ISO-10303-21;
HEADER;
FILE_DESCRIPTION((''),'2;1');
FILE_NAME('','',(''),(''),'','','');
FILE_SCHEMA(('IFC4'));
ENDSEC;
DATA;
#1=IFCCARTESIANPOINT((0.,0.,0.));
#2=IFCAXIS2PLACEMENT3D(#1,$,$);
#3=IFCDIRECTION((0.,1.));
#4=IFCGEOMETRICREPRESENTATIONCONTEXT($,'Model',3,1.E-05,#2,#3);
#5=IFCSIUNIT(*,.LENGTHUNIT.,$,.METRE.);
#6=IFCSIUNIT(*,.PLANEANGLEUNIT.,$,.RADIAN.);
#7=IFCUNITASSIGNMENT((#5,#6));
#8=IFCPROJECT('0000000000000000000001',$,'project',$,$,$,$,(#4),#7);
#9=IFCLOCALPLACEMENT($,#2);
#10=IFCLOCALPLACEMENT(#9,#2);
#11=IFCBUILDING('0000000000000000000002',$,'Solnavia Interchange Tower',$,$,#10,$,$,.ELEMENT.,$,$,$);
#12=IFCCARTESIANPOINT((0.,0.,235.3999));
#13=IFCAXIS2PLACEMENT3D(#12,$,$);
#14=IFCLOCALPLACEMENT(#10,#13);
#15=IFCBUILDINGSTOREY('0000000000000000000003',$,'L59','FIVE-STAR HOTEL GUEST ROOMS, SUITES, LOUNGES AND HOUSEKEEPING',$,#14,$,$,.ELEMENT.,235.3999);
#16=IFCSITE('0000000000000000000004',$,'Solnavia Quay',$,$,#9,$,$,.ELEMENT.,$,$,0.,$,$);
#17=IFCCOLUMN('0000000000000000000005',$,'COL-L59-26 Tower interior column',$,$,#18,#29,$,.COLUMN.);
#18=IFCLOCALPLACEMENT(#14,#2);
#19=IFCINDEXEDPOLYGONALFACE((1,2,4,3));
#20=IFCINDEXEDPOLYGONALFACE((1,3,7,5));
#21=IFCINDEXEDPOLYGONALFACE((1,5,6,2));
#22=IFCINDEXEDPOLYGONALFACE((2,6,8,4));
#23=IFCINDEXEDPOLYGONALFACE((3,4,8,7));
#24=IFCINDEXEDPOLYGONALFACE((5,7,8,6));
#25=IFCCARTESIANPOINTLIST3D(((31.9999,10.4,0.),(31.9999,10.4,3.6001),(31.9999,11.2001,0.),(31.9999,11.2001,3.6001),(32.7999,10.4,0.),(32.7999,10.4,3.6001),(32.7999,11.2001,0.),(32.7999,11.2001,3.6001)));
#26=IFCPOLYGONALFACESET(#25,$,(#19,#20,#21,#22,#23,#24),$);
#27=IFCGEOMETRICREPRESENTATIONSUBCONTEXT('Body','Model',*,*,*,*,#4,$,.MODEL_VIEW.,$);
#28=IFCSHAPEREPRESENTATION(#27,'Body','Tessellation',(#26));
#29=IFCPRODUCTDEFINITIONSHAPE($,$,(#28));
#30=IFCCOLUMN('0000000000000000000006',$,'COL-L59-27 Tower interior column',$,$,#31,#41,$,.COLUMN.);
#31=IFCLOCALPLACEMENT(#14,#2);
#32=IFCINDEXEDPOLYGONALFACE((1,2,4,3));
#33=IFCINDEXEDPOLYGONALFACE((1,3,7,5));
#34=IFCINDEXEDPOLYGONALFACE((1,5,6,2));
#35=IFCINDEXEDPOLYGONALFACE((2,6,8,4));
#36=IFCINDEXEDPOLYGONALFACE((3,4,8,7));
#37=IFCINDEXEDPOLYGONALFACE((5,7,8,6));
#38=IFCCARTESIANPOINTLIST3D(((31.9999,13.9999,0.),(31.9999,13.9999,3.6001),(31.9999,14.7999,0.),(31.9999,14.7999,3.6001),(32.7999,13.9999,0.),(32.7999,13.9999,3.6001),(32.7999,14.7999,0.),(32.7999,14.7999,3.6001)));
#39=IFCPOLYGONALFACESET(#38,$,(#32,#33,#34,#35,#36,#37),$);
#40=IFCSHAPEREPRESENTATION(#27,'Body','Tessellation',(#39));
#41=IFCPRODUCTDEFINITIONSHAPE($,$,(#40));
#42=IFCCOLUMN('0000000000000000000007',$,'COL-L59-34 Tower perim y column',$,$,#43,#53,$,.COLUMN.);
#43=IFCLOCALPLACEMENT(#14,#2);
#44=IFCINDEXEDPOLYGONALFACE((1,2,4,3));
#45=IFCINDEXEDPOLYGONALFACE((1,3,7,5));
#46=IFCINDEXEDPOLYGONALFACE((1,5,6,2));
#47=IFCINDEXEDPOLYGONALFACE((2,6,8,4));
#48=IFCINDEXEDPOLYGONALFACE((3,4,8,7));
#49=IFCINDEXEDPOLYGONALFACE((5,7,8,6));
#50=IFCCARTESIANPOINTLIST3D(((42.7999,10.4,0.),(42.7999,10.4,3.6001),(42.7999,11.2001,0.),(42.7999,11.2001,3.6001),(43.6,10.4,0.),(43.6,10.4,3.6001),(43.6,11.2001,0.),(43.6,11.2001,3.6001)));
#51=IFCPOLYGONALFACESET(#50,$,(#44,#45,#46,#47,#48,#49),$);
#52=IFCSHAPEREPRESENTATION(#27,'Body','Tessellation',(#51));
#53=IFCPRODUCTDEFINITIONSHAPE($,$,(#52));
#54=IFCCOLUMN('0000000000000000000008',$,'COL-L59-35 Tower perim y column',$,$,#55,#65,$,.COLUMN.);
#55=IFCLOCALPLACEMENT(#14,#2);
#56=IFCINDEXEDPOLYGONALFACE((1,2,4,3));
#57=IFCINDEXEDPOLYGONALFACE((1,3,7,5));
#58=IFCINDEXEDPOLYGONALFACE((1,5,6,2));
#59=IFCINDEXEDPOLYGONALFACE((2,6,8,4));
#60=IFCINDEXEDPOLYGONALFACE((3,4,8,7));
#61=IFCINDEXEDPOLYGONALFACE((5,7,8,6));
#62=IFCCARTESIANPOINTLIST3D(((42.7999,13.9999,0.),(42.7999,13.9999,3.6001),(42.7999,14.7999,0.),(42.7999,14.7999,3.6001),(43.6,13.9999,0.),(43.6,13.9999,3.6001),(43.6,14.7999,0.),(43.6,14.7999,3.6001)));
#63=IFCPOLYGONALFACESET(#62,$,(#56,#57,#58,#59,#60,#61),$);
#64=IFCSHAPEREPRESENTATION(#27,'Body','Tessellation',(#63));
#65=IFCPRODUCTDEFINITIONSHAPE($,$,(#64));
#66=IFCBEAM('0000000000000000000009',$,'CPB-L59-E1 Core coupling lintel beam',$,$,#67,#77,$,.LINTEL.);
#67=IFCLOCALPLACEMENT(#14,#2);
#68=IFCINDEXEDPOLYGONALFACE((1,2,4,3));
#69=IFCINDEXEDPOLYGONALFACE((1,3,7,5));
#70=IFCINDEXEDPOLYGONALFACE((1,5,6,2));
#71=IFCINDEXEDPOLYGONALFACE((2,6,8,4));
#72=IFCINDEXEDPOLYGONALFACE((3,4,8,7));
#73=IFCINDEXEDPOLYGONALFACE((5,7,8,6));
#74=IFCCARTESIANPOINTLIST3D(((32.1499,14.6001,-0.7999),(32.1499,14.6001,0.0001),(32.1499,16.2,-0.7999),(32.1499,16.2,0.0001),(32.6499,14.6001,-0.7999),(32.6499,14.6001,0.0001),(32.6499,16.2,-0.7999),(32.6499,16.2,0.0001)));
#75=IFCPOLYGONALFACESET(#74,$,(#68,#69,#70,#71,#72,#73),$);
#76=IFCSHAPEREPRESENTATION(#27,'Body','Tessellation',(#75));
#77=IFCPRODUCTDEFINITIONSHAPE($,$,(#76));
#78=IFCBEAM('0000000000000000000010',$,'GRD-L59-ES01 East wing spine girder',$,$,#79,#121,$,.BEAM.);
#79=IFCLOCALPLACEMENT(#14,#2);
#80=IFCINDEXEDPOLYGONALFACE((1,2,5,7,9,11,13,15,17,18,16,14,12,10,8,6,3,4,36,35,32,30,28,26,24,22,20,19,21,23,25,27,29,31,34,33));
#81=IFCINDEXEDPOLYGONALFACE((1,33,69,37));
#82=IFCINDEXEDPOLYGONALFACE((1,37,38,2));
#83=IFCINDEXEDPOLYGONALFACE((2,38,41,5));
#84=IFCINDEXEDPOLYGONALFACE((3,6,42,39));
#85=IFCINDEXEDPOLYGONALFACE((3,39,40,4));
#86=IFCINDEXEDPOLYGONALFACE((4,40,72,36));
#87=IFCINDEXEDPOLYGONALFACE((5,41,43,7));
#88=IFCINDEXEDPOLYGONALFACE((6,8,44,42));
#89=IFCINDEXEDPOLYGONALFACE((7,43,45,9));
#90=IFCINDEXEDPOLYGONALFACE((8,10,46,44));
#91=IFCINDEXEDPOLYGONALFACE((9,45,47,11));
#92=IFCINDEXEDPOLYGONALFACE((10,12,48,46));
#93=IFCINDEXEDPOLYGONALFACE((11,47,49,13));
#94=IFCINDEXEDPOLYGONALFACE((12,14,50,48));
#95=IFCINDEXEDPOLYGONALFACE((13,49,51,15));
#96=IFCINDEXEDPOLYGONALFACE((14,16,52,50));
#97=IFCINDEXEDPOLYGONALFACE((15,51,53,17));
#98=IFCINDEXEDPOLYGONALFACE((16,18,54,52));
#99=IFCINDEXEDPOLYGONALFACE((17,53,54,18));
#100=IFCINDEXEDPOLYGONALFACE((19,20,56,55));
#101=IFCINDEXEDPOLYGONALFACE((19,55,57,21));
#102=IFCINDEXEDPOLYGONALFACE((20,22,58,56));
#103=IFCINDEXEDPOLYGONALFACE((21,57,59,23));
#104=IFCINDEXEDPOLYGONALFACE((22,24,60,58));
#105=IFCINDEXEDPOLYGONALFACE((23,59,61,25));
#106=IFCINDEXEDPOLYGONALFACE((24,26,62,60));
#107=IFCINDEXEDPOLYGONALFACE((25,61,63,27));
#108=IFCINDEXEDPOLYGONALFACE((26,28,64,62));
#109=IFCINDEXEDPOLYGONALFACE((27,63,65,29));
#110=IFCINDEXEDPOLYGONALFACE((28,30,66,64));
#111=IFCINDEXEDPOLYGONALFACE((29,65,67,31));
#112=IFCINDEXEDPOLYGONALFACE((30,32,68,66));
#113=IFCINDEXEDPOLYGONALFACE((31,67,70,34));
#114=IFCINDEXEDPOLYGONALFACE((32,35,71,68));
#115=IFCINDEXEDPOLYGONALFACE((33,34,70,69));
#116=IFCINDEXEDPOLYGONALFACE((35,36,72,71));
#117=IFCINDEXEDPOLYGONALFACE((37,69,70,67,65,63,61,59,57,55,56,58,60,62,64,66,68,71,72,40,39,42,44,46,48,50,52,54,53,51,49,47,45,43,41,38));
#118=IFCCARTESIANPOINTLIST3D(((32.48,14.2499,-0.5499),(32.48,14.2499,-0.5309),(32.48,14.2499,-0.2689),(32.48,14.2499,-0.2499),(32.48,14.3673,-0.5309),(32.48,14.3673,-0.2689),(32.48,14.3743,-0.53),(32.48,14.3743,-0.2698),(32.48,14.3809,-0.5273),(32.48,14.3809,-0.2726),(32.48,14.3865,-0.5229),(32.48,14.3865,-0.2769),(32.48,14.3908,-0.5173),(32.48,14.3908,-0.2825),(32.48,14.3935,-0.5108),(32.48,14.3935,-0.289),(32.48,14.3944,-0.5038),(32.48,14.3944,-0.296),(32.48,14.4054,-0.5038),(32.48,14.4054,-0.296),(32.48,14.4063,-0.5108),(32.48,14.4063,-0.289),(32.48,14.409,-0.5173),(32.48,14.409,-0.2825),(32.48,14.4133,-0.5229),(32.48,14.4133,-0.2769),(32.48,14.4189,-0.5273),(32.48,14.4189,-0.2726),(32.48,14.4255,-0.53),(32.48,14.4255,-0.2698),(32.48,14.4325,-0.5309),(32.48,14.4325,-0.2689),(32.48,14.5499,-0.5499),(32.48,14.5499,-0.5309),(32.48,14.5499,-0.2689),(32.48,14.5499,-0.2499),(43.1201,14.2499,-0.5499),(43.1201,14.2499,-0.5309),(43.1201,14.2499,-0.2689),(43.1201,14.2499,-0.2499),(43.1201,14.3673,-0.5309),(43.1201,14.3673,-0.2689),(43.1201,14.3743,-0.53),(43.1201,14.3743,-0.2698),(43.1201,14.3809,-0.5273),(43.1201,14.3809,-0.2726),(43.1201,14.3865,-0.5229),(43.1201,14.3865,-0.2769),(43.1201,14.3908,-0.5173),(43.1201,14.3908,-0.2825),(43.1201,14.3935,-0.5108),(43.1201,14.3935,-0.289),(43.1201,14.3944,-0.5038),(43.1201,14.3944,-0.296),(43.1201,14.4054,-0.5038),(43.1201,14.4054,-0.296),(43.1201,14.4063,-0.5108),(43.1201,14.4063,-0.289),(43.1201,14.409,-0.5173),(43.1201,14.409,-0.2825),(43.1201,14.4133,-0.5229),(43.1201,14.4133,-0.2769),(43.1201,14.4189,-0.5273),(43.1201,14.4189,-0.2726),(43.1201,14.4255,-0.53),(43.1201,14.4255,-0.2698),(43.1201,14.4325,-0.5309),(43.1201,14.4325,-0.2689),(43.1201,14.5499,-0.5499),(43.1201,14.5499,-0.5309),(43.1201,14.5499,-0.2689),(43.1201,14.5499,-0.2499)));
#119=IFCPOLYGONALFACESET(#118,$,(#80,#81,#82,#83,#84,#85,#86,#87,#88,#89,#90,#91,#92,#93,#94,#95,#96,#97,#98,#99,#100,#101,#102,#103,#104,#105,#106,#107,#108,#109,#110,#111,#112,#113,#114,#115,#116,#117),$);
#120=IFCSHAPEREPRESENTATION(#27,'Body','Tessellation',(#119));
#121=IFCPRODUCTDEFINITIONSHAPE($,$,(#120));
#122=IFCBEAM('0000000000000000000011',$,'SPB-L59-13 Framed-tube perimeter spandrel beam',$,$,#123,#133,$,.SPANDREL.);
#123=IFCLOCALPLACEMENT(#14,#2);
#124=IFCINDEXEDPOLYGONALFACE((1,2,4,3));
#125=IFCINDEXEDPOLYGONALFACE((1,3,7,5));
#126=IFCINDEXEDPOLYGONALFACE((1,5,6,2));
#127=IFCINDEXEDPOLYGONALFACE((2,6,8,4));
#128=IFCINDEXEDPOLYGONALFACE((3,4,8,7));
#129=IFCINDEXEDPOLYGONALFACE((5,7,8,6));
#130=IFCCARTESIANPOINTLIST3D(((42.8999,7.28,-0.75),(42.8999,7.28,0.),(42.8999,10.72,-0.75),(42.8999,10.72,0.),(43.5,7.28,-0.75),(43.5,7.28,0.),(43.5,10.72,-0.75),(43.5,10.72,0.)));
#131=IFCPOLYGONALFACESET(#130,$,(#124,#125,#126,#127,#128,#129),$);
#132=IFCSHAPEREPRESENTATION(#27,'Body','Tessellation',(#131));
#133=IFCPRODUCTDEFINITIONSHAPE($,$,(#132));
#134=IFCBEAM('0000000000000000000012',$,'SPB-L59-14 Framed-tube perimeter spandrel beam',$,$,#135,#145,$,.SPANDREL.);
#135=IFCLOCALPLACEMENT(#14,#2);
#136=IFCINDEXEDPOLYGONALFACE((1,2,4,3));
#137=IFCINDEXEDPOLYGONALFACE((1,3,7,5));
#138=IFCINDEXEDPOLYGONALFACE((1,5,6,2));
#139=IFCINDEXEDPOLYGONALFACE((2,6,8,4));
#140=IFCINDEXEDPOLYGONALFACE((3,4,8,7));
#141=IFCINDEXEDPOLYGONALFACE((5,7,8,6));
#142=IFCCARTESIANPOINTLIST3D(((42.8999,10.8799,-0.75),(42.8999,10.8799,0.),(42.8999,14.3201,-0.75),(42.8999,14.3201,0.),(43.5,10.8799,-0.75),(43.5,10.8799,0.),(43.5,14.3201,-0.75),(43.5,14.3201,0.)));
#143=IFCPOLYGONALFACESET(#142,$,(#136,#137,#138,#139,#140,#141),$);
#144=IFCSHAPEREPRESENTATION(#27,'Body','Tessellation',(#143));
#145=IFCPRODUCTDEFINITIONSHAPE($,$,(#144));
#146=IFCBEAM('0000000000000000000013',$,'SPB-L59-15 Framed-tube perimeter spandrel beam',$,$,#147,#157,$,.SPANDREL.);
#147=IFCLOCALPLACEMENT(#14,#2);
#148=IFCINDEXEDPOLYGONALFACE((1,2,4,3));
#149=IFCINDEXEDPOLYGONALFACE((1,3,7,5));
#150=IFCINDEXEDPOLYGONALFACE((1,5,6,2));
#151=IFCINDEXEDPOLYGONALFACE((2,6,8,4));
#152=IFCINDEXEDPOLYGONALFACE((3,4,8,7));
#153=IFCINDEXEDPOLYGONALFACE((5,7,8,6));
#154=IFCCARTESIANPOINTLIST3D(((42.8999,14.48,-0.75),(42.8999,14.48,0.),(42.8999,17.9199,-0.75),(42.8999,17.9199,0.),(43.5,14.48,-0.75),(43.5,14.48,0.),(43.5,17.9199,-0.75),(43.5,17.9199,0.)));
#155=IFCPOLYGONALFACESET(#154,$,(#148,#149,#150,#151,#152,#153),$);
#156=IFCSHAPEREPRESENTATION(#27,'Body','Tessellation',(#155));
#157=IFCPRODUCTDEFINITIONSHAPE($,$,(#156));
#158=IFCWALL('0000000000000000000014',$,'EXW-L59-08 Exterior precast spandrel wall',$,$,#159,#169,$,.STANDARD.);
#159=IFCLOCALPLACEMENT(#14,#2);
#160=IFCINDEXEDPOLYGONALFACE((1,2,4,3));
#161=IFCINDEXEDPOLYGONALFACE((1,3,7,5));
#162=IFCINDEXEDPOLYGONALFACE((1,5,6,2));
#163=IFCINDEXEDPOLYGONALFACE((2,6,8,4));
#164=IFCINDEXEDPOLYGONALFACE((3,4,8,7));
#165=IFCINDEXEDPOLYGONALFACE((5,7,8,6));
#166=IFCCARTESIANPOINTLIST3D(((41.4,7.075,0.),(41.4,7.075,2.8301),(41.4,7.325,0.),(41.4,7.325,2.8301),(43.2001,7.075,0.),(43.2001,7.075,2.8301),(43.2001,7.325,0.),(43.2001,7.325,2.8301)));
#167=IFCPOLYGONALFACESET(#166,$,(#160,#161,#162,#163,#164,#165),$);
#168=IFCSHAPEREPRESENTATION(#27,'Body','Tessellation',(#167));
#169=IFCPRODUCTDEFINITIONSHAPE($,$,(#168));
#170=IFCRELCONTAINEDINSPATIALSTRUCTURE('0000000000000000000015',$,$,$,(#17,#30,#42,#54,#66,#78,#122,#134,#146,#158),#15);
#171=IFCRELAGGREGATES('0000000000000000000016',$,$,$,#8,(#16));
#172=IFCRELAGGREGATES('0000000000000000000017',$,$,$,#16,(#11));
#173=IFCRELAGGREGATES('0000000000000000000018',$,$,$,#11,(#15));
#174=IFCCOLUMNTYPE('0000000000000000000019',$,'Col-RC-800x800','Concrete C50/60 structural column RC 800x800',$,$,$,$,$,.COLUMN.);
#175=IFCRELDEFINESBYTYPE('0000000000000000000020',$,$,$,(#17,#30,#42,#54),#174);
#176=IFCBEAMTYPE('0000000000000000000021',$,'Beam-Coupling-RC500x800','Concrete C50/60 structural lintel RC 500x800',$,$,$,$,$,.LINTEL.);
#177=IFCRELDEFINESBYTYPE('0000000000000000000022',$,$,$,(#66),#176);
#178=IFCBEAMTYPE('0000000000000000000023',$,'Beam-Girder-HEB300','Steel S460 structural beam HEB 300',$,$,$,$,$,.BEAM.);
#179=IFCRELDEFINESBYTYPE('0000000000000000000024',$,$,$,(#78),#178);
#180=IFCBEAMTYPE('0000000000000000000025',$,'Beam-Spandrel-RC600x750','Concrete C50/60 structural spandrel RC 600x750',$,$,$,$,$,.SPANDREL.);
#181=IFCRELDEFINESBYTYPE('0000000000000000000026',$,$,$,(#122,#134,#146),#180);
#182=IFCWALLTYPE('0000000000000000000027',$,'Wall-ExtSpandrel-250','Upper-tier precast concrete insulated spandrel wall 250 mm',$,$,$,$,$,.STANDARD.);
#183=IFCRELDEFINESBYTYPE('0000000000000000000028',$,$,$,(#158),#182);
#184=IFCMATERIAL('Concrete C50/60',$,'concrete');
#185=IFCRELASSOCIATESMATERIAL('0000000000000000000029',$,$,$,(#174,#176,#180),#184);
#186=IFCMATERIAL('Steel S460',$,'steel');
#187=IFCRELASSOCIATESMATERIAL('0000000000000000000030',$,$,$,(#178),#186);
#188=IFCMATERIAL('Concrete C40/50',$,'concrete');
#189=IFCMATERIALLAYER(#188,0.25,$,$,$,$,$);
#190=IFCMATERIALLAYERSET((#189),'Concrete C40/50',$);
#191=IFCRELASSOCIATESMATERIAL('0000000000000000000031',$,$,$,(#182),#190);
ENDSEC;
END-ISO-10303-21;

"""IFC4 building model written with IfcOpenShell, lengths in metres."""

from ifc_helpers import new_model, si_unit, direction, frame, frame_2d, origin, origin_2d, place, context, subcontext, project, spatial, rectangle, i_section, extrude, material, layer, layer_set, material_profile, profile_set, type_object, element, save


model = new_model("IFC4")

# Units and contexts
model_context = context("Model", 3, precision=1e-05, world=origin(), true_north=direction((0.0, 1.0)))
body_context = subcontext(model_context, "Body", "Model", "MODEL_VIEW")
ifc_project = project(units=[si_unit("LENGTHUNIT", "METRE"), si_unit("PLANEANGLEUNIT", "RADIAN")], contexts=[model_context])

# Site, building, storey
site_placement = place(None, origin())
site = spatial("IfcSite", under=ifc_project, at=site_placement, Name="Solnavia Quay", CompositionType="ELEMENT", RefElevation=0.0)
building_placement = place(site_placement, origin())
building = spatial("IfcBuilding", under=site, at=building_placement, Name="Solnavia Interchange Tower", CompositionType="ELEMENT")
storey_placement = place(building_placement, frame((0.0, 0.0, 235.3999)))
storey = spatial("IfcBuildingStorey", under=building, at=storey_placement, Name="L59", Description="FIVE-STAR HOTEL GUEST ROOMS, SUITES, LOUNGES AND HOUSEKEEPING", CompositionType="ELEMENT", Elevation=235.3999)

# Columns
ifc_material_1 = material(Name="Concrete C50/60", Category="concrete")
ifc_material_profile_1 = material_profile(ifc_material_1, rectangle(XDim=0.8, YDim=0.8, at=origin_2d()), Name="RC 800x800")
ifc_profile_set_1 = profile_set([ifc_material_profile_1], Name="Concrete C50/60")
column_type = type_object("IfcColumnType", Name="Col-RC-800x800", Description="Concrete C50/60 structural column RC 800x800", PredefinedType="COLUMN", material=ifc_profile_set_1)
for number, where, z_axis, x_axis, name in (
    (1, (32.3999, 10.8, 0.0), (0.0, 0.0, 1.0), (1.0, 0.0, 0.0), "COL-L59-26 Tower interior column"),
    (2, (32.3999, 14.3999, 0.0), (0.0, 0.0, 1.0), (1.0, 0.0, 0.0), "COL-L59-27 Tower interior column"),
    (3, (43.2, 10.8, 0.0), (0.0, 0.0, 1.0), (0.0, 1.0, 0.0), "COL-L59-34 Tower perim y column"),
    (4, (43.2, 14.3999, 0.0), (0.0, 0.0, 1.0), (0.0, 1.0, 0.0), "COL-L59-35 Tower perim y column"),
):
    element("IfcColumn", number, at=place(storey_placement, frame(where, z_axis=z_axis, x_axis=x_axis)), inside=storey, type_object=column_type, Name=name, PredefinedType="COLUMN", context=body_context, shape_type="SweptSolid", body=[
        extrude(rectangle(XDim=0.8, YDim=0.8, at=origin_2d()), origin(), (0.0, 0.0, 1.0), 3.6001),
    ])

# Beams
ifc_material_profile_2 = material_profile(ifc_material_1, rectangle(XDim=0.5, YDim=0.8, at=origin_2d()), Name="RC 500x800")
ifc_profile_set_2 = profile_set([ifc_material_profile_2], Name="Concrete C50/60")
beam_type_1 = type_object("IfcBeamType", Name="Beam-Coupling-RC500x800", Description="Concrete C50/60 structural lintel RC 500x800", PredefinedType="LINTEL", material=ifc_profile_set_2)
beam_1_placement = place(storey_placement, frame((32.3999, 14.6001, -0.3999), z_axis=(0.0, 1.0, 0.0), x_axis=(-1.0, 0.0, 0.0)))
element("IfcBeam", 5, at=beam_1_placement, inside=storey, type_object=beam_type_1, Name="CPB-L59-E1 Core coupling lintel beam", PredefinedType="LINTEL", context=body_context, shape_type="SweptSolid", body=[
    extrude(rectangle(XDim=0.5, YDim=0.8, at=origin_2d()), origin(), (0.0, 0.0, 1.0), 1.5999),
])
ifc_material_2 = material(Name="Steel S460", Category="steel")
ifc_material_profile_3 = material_profile(ifc_material_2, i_section(OverallWidth=0.3, OverallDepth=0.3, WebThickness=0.011, FlangeThickness=0.019, FilletRadius=0.0271, at=origin_2d()), Name="HEB 300")
ifc_profile_set_3 = profile_set([ifc_material_profile_3], Name="Steel S460")
beam_type_2 = type_object("IfcBeamType", Name="Beam-Girder-HEB300", Description="Steel S460 structural beam HEB 300", PredefinedType="BEAM", material=ifc_profile_set_3)
beam_2_placement = place(storey_placement, frame((32.48, 14.3999, -0.3999), z_axis=(1.0, 0.0, 0.0), x_axis=(0.0, 1.0, 0.0)))
element("IfcBeam", 6, at=beam_2_placement, inside=storey, type_object=beam_type_2, Name="GRD-L59-ES01 East wing spine girder", PredefinedType="BEAM", context=body_context, shape_type="SweptSolid", body=[
    extrude(i_section(OverallWidth=0.3, OverallDepth=0.3, WebThickness=0.011, FlangeThickness=0.019, FilletRadius=0.0271, at=origin_2d()), origin(), (0.0, 0.0, 1.0), 10.6401),
])
ifc_material_profile_4 = material_profile(ifc_material_1, rectangle(XDim=0.6001, YDim=0.75, at=origin_2d()), Name="RC 600x750")
ifc_profile_set_4 = profile_set([ifc_material_profile_4], Name="Concrete C50/60")
beam_type_3 = type_object("IfcBeamType", Name="Beam-Spandrel-RC600x750", Description="Concrete C50/60 structural spandrel RC 600x750", PredefinedType="SPANDREL", material=ifc_profile_set_4)
beam_3_placement = place(storey_placement, frame((43.2, 7.28, -0.375), z_axis=(0.0, 1.0, 0.0), x_axis=(-1.0, 0.0, 0.0)))
element("IfcBeam", 7, at=beam_3_placement, inside=storey, type_object=beam_type_3, Name="SPB-L59-13 Framed-tube perimeter spandrel beam", PredefinedType="SPANDREL", context=body_context, shape_type="SweptSolid", body=[
    extrude(rectangle(XDim=0.6001, YDim=0.75, at=origin_2d()), origin(), (0.0, 0.0, 1.0), 3.4399),
])
beam_4_placement = place(storey_placement, frame((43.2, 10.8799, -0.375), z_axis=(0.0, 1.0, 0.0), x_axis=(-1.0, 0.0, 0.0)))
element("IfcBeam", 8, at=beam_4_placement, inside=storey, type_object=beam_type_3, Name="SPB-L59-14 Framed-tube perimeter spandrel beam", PredefinedType="SPANDREL", context=body_context, shape_type="SweptSolid", body=[
    extrude(rectangle(XDim=0.6001, YDim=0.75, at=origin_2d()), origin(), (0.0, 0.0, 1.0), 3.4402),
])
beam_5_placement = place(storey_placement, frame((43.2, 14.48, -0.375), z_axis=(0.0, 1.0, 0.0), x_axis=(-1.0, 0.0, 0.0)))
element("IfcBeam", 9, at=beam_5_placement, inside=storey, type_object=beam_type_3, Name="SPB-L59-15 Framed-tube perimeter spandrel beam", PredefinedType="SPANDREL", context=body_context, shape_type="SweptSolid", body=[
    extrude(rectangle(XDim=0.6001, YDim=0.75, at=origin_2d()), origin(), (0.0, 0.0, 1.0), 3.4399),
])

# Wall
ifc_material_3 = material(Name="Concrete C40/50", Category="concrete")
ifc_layer_1 = layer(ifc_material_3, 0.25)
ifc_layer_set_1 = layer_set([ifc_layer_1], Name="Concrete C40/50")
wall_type_1 = type_object("IfcWallType", Name="Wall-ExtSpandrel-250", Description="Upper-tier precast concrete insulated spandrel wall 250 mm", PredefinedType="STANDARD", material=ifc_layer_set_1)
wall_1_placement = place(storey_placement, frame((43.2, 7.2, 0.0), z_axis=(0.0, 0.0, 1.0), x_axis=(-1.0, 0.0, 0.0)))
element("IfcWall", 10, at=wall_1_placement, inside=storey, type_object=wall_type_1, Name="EXW-L59-08 Exterior precast spandrel wall", PredefinedType="STANDARD", context=body_context, shape_type="SweptSolid", body=[
    extrude(rectangle(XDim=1.8, YDim=0.25, at=frame_2d((0.8999, 0.0))), origin(), (0.0, 0.0, 1.0), 2.8301),
])

save(model, "model.ifc")
